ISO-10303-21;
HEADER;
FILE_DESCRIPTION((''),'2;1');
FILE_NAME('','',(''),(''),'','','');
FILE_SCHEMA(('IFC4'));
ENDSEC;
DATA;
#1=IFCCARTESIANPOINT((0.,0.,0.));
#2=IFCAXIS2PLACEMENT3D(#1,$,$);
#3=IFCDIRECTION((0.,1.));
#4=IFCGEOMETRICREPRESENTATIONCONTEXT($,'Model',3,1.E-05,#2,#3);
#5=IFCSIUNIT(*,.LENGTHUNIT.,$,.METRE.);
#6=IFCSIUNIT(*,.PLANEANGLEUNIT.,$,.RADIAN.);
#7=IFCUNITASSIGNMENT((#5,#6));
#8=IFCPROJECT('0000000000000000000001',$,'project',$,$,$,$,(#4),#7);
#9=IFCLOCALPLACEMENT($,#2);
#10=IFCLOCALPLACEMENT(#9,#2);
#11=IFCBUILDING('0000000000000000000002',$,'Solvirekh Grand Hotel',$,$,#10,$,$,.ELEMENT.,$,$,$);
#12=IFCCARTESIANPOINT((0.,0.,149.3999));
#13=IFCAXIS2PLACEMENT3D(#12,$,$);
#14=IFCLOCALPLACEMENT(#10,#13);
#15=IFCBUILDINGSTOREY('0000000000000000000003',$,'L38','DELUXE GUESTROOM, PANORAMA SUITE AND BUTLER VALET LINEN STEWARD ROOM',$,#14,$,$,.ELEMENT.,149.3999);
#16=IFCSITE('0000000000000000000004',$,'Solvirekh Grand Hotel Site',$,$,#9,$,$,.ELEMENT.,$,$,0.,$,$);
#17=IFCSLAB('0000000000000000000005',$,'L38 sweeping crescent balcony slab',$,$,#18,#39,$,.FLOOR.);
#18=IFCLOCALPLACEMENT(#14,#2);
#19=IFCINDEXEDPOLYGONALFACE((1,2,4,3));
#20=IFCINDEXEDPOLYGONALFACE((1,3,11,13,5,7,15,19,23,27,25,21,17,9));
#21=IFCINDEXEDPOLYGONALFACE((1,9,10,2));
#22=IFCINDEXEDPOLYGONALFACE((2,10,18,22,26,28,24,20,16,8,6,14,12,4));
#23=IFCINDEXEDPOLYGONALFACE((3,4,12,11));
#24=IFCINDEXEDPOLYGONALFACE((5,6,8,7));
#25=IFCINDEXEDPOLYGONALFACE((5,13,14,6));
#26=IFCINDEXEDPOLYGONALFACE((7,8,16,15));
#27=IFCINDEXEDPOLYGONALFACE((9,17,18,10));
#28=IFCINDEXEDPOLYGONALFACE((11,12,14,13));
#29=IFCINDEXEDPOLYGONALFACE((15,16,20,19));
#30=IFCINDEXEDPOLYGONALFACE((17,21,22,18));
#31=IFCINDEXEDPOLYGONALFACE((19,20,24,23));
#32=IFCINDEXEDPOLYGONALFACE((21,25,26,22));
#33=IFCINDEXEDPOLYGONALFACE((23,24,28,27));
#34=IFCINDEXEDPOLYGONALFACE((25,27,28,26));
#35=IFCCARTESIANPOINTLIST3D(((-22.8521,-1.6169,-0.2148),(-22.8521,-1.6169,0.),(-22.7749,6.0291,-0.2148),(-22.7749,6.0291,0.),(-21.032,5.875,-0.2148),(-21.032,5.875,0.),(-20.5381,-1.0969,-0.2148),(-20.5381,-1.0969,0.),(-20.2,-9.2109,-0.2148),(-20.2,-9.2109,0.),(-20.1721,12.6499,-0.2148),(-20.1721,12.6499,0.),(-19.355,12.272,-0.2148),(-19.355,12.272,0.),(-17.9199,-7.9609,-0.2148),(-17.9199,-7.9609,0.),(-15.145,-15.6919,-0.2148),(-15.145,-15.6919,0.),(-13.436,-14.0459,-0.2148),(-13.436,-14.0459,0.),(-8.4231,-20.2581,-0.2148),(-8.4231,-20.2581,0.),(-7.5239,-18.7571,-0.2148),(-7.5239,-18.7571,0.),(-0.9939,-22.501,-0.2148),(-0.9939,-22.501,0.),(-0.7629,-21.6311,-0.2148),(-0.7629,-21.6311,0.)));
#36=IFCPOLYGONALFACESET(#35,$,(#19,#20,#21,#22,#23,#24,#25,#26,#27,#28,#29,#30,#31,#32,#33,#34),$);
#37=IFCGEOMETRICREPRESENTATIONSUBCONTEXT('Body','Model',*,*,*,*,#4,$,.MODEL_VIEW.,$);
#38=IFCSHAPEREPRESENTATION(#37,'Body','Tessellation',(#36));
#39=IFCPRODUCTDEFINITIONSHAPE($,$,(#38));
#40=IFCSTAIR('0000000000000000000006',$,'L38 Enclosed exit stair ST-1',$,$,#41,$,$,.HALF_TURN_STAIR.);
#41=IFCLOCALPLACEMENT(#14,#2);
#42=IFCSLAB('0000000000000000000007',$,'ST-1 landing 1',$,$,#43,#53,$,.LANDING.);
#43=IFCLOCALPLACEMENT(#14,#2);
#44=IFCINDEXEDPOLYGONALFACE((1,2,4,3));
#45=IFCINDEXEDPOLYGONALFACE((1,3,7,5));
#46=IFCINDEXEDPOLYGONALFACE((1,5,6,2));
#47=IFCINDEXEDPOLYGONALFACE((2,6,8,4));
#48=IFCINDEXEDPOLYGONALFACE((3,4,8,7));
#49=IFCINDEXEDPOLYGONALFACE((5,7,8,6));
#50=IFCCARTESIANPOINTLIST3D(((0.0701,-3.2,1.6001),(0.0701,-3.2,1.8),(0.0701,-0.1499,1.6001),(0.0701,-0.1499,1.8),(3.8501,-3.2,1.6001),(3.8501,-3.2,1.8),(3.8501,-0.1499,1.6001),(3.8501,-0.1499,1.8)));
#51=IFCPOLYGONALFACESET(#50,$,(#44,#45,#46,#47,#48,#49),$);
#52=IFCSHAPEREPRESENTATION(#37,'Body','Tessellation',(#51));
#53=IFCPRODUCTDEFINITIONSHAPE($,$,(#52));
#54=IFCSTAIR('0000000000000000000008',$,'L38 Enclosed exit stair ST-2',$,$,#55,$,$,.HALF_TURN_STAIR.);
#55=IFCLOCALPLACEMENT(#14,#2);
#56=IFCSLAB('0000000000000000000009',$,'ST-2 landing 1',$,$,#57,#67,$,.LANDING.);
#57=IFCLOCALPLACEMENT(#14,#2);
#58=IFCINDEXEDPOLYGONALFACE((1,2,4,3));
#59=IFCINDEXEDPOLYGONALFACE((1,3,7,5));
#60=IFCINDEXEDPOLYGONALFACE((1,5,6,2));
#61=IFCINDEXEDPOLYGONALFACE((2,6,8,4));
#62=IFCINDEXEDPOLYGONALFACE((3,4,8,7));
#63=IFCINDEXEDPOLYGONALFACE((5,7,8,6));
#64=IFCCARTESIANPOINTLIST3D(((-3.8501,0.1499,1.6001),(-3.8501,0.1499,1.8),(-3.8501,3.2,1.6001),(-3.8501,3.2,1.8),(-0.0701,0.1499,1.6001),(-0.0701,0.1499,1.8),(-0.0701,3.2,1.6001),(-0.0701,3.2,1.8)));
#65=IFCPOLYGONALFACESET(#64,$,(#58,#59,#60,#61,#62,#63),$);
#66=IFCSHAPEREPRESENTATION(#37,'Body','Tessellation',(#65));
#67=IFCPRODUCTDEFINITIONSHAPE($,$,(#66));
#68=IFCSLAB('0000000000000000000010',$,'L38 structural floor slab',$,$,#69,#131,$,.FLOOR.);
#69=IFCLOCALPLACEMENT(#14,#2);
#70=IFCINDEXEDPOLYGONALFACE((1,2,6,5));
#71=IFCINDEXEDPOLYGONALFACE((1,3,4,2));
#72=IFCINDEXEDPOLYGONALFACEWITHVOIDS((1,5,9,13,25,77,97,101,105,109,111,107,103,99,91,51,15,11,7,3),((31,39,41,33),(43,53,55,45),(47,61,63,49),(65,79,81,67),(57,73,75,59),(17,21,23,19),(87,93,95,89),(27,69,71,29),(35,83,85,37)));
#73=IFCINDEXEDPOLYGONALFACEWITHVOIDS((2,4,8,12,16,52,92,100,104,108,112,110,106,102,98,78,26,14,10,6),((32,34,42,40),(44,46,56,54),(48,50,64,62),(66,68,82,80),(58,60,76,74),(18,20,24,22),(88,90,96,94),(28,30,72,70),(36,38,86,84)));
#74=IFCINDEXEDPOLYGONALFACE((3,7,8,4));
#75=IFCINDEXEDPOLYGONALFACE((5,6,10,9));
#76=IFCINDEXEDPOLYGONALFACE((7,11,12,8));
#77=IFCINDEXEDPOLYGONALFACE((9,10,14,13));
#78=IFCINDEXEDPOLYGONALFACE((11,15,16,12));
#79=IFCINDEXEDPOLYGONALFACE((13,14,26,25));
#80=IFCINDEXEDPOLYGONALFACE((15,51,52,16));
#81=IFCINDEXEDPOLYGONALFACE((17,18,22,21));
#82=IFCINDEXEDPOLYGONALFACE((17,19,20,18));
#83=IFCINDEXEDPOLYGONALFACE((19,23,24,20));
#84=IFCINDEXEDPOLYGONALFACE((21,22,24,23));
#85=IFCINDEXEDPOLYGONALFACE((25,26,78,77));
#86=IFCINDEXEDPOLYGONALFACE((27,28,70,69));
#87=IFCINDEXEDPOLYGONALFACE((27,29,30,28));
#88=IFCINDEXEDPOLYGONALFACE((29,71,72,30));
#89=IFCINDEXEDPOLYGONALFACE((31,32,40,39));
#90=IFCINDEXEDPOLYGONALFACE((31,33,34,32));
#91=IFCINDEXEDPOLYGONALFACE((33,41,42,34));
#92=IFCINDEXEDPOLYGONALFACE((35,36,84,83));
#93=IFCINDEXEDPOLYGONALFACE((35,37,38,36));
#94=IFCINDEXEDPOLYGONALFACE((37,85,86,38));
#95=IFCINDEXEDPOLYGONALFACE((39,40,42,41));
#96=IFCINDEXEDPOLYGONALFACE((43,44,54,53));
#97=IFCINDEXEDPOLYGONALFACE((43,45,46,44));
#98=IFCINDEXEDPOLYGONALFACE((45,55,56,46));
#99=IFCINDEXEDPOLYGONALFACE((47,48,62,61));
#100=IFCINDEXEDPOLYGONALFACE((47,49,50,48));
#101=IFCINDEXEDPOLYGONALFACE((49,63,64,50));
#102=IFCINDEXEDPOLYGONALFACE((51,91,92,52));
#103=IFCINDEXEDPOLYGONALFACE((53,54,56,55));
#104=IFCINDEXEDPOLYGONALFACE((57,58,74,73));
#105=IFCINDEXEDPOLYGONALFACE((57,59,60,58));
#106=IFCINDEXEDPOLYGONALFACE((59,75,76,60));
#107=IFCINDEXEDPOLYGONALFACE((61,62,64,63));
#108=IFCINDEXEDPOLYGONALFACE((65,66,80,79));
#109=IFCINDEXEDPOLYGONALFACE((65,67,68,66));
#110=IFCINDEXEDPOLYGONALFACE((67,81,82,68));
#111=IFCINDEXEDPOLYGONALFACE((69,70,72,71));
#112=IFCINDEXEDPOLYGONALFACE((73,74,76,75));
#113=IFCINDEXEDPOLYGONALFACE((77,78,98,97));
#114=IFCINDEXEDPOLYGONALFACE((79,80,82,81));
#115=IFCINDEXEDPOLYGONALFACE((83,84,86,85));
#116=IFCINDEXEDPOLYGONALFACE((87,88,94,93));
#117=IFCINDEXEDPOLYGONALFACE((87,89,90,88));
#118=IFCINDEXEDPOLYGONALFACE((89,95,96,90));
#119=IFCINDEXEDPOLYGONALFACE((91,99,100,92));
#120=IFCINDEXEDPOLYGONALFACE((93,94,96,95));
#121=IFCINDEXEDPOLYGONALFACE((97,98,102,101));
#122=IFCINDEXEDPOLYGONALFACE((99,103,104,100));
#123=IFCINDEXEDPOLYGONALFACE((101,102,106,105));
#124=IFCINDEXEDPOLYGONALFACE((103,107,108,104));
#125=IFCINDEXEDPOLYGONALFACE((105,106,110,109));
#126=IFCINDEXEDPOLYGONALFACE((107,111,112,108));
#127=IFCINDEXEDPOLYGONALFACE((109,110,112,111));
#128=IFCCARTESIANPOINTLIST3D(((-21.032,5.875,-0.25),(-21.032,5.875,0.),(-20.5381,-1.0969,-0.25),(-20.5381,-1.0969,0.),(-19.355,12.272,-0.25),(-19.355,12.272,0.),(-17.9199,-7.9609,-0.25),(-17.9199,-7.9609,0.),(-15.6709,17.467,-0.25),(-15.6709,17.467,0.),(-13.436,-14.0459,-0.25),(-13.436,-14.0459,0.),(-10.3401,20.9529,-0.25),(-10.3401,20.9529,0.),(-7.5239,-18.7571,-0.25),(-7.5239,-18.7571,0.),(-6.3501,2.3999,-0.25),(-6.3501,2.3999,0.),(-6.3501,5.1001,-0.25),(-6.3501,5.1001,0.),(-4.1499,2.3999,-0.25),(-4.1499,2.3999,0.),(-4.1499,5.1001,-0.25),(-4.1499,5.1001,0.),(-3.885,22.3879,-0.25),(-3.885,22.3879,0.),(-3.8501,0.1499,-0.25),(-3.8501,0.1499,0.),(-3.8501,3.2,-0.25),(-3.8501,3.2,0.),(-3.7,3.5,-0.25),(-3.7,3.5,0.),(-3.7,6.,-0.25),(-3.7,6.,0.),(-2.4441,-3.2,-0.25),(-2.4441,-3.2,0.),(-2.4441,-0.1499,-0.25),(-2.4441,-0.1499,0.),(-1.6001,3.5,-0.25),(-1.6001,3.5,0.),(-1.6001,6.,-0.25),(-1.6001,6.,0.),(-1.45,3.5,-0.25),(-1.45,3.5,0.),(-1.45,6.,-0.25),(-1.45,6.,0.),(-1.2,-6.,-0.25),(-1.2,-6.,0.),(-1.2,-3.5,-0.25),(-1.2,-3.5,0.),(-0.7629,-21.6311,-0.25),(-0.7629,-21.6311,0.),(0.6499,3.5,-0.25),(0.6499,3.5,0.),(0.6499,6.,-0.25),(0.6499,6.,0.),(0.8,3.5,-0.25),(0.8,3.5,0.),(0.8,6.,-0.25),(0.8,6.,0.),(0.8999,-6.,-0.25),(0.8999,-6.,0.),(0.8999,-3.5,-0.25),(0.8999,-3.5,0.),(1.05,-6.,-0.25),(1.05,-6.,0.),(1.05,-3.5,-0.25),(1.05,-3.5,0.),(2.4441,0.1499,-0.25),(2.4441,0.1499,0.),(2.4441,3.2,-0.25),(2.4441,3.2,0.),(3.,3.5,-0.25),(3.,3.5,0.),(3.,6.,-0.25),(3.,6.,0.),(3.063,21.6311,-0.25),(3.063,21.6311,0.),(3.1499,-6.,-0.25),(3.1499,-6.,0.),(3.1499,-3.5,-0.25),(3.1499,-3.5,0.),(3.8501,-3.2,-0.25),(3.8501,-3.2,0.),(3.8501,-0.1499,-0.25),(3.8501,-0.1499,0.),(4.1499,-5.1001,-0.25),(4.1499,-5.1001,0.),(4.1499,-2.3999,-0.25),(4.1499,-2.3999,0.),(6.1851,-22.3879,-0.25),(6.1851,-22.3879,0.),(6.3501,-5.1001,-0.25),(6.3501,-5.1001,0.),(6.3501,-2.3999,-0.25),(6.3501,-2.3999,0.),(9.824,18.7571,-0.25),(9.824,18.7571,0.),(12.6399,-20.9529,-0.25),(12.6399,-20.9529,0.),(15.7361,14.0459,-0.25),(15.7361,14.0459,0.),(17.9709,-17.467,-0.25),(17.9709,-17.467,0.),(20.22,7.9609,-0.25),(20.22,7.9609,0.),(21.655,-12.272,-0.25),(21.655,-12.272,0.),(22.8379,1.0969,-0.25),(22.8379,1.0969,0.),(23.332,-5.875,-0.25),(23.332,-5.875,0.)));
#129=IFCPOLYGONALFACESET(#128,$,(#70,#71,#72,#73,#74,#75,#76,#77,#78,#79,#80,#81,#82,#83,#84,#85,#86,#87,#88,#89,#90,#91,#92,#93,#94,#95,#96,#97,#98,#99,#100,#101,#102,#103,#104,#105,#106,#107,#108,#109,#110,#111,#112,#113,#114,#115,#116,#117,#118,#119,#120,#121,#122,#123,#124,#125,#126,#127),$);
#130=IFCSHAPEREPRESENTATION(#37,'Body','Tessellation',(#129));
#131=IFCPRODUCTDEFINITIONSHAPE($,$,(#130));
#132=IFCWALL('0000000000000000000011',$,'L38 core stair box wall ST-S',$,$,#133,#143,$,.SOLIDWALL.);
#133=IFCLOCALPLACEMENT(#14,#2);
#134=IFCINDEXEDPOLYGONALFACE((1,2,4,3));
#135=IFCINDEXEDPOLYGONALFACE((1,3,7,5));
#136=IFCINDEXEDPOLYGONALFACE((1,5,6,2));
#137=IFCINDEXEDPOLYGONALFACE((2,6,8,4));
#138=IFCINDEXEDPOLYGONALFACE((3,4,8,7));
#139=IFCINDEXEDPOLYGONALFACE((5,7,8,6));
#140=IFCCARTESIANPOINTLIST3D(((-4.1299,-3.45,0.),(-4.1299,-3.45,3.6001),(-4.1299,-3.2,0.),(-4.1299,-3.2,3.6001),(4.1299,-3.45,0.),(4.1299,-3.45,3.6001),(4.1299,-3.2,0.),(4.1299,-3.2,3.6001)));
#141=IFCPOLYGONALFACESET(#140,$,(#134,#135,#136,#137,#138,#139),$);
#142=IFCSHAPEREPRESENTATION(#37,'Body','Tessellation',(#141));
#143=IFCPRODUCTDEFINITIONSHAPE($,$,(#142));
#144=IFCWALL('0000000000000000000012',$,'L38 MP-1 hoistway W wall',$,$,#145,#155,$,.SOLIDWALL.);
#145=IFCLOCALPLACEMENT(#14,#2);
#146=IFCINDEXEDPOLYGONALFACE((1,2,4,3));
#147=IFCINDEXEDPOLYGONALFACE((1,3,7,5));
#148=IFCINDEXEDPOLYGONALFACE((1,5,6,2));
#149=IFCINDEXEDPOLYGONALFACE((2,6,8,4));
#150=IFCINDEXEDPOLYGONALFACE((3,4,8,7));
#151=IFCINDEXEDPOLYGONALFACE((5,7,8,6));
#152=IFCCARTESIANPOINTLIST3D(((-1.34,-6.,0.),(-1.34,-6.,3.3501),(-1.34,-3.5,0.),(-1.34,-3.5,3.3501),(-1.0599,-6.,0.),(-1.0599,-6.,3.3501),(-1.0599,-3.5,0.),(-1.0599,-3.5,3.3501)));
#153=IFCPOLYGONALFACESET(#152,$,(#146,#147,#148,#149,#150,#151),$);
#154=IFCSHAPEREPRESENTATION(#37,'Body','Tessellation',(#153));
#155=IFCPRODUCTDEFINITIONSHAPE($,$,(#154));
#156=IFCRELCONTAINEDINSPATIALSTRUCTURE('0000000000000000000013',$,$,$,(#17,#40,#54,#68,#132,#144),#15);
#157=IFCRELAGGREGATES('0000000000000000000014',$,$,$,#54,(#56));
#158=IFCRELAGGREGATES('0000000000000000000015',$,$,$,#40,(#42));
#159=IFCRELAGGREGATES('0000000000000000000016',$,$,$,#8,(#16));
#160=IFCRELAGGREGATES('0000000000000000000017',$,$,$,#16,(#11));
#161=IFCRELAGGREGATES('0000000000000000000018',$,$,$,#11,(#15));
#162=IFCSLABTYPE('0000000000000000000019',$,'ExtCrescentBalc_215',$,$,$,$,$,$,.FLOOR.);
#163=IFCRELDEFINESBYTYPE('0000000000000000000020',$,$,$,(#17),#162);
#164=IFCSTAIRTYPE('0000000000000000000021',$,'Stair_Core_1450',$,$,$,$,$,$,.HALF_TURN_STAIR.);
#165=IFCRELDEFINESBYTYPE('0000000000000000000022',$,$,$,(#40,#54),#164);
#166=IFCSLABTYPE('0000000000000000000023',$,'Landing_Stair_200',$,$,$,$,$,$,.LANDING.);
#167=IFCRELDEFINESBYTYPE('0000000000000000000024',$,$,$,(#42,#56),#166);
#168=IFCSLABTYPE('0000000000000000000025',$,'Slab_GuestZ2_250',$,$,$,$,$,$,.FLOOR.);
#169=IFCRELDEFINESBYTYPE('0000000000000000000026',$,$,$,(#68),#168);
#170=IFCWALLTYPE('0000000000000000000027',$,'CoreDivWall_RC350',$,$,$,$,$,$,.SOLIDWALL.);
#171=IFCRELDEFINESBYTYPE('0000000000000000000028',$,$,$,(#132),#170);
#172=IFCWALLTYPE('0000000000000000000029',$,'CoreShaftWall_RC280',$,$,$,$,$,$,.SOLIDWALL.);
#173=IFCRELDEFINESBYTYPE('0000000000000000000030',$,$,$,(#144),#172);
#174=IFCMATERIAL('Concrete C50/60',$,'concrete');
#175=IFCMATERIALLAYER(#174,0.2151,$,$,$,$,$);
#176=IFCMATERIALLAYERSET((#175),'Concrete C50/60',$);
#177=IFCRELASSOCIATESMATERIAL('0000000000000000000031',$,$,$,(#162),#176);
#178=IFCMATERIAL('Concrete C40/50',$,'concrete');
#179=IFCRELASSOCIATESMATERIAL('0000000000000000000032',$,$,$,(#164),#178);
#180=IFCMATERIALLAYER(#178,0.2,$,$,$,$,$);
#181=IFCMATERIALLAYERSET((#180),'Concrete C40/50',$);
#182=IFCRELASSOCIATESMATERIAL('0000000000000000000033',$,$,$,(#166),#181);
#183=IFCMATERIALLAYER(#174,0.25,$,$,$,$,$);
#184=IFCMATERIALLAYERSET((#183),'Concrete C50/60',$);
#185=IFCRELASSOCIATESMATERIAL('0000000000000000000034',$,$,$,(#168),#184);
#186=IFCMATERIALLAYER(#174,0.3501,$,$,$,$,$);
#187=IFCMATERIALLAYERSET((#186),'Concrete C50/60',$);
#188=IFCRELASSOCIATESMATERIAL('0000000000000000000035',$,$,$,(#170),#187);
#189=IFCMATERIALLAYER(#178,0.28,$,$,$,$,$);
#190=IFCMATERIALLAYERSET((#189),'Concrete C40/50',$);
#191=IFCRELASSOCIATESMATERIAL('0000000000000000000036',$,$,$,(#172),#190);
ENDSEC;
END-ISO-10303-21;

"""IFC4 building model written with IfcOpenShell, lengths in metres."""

from ifc_helpers import new_model, si_unit, direction, frame, frame_2d, origin, place, context, subcontext, project, spatial, polyline, rectangle, outline, extrude, material, layer, layer_set, type_object, element, aggregate, save


model = new_model("IFC4")

# Units and contexts
model_context = context("Model", 3, precision=1e-05, world=origin(), true_north=direction((0.0, 1.0)))
body_context = subcontext(model_context, "Body", "Model", "MODEL_VIEW")
ifc_project = project(units=[si_unit("LENGTHUNIT", "METRE"), si_unit("PLANEANGLEUNIT", "RADIAN")], contexts=[model_context])

# Site, building, storey
site_placement = place(None, origin())
site = spatial("IfcSite", under=ifc_project, at=site_placement, Name="Solvirekh Grand Hotel Site", CompositionType="ELEMENT", RefElevation=0.0)
building_placement = place(site_placement, origin())
building = spatial("IfcBuilding", under=site, at=building_placement, Name="Solvirekh Grand Hotel", CompositionType="ELEMENT")
storey_placement = place(building_placement, frame((0.0, 0.0, 149.3999)))
storey = spatial("IfcBuildingStorey", under=building, at=storey_placement, Name="L38", Description="DELUXE GUESTROOM, PANORAMA SUITE AND BUTLER VALET LINEN STEWARD ROOM", CompositionType="ELEMENT", Elevation=149.3999)

# Slab
ifc_material_1 = material(Name="Concrete C50/60", Category="concrete")
ifc_layer_1 = layer(ifc_material_1, 0.2151)
ifc_layer_set_1 = layer_set([ifc_layer_1], Name="Concrete C50/60")
slab_type_1 = type_object("IfcSlabType", Name="ExtCrescentBalc_215", PredefinedType="FLOOR", material=ifc_layer_set_1)
slab_1_placement = place(storey_placement, frame((0.0, 0.0, -0.2148)))
element("IfcSlab", 1, at=slab_1_placement, inside=storey, type_object=slab_type_1, Name="L38 sweeping crescent balcony slab", PredefinedType="FLOOR", context=body_context, shape_type="SweptSolid", body=[
    extrude(outline(polyline([(-20.1721, 12.6499), (-22.7749, 6.0291), (-22.8521, -1.6169), (-20.2, -9.2109), (-15.145, -15.6919), (-8.4231, -20.2581), (-0.9939, -22.501), (-0.7629, -21.6311), (-7.5239, -18.7571), (-13.436, -14.0459), (-17.9199, -7.9609), (-20.5381, -1.0969), (-21.032, 5.875), (-19.355, 12.272), (-20.1721, 12.6499)])), origin(), (0.0, 0.0, 1.0), 0.2148),
])

# Stairs, slabs
ifc_material_2 = material(Name="Concrete C40/50", Category="concrete")
stair_type = type_object("IfcStairType", Name="Stair_Core_1450", PredefinedType="HALF_TURN_STAIR", material=ifc_material_2)
stair_1_placement = place(storey_placement, origin())
stair_1 = element("IfcStair", 2, at=stair_1_placement, inside=storey, type_object=stair_type, Name="L38 Enclosed exit stair ST-1", PredefinedType="HALF_TURN_STAIR")
ifc_layer_2 = layer(ifc_material_2, 0.2)
ifc_layer_set_2 = layer_set([ifc_layer_2], Name="Concrete C40/50")
slab_type_2 = type_object("IfcSlabType", Name="Landing_Stair_200", PredefinedType="LANDING", material=ifc_layer_set_2)
slab_2_placement = place(storey_placement, frame((0.0, 0.0, 1.6001)))
slab_2 = element("IfcSlab", 3, at=slab_2_placement, type_object=slab_type_2, Name="ST-1 landing 1", PredefinedType="LANDING", context=body_context, shape_type="SweptSolid", body=[
    extrude(outline(polyline([(0.0701, -3.2), (3.8501, -3.2), (3.8501, -0.1499), (0.0701, -0.1499), (0.0701, -3.2)])), origin(), (0.0, 0.0, 1.0), 0.2),
])
stair_2_placement = place(storey_placement, origin())
stair_2 = element("IfcStair", 4, at=stair_2_placement, inside=storey, type_object=stair_type, Name="L38 Enclosed exit stair ST-2", PredefinedType="HALF_TURN_STAIR")
slab_3_placement = place(storey_placement, frame((0.0, 0.0, 1.6001)))
slab_3 = element("IfcSlab", 5, at=slab_3_placement, type_object=slab_type_2, Name="ST-2 landing 1", PredefinedType="LANDING", context=body_context, shape_type="SweptSolid", body=[
    extrude(outline(polyline([(-0.0701, 3.2), (-3.8501, 3.2), (-3.8501, 0.1499), (-0.0701, 0.1499), (-0.0701, 3.2)])), origin(), (0.0, 0.0, 1.0), 0.2),
])
aggregate(stair_2, [slab_3])

# Slab
ifc_layer_3 = layer(ifc_material_1, 0.25)
ifc_layer_set_3 = layer_set([ifc_layer_3], Name="Concrete C50/60")
slab_type_3 = type_object("IfcSlabType", Name="Slab_GuestZ2_250", PredefinedType="FLOOR", material=ifc_layer_set_3)
slab_4_placement = place(storey_placement, frame((0.0, 0.0, -0.25)))
element("IfcSlab", 6, at=slab_4_placement, inside=storey, type_object=slab_type_3, Name="L38 structural floor slab", PredefinedType="FLOOR", context=body_context, shape_type="SweptSolid", body=[
    extrude(outline(polyline([(17.9709, -17.467), (21.655, -12.272), (23.332, -5.875), (22.8379, 1.0969), (20.22, 7.9609), (15.7361, 14.0459), (9.824, 18.7571), (3.063, 21.6311), (-3.885, 22.3879), (-10.3401, 20.9529), (-15.6709, 17.467), (-19.355, 12.272), (-21.032, 5.875), (-20.5381, -1.0969), (-17.9199, -7.9609), (-13.436, -14.0459), (-7.5239, -18.7571), (-0.7629, -21.6311), (6.1851, -22.3879), (12.6399, -20.9529), (17.9709, -17.467)]), holes=[polyline([(-2.4441, -0.1499), (3.8501, -0.1499), (3.8501, -3.2), (-2.4441, -3.2), (-2.4441, -0.1499)]), polyline([(2.4441, 0.1499), (-3.8501, 0.1499), (-3.8501, 3.2), (2.4441, 3.2), (2.4441, 0.1499)]), polyline([(-1.2, -3.5), (0.8999, -3.5), (0.8999, -6.0), (-1.2, -6.0), (-1.2, -3.5)]), polyline([(1.05, -3.5), (3.1499, -3.5), (3.1499, -6.0), (1.05, -6.0), (1.05, -3.5)]), polyline([(-3.7, 6.0), (-1.6001, 6.0), (-1.6001, 3.5), (-3.7, 3.5), (-3.7, 6.0)]), polyline([(-1.45, 6.0), (0.6499, 6.0), (0.6499, 3.5), (-1.45, 3.5), (-1.45, 6.0)]), polyline([(0.8, 6.0), (3.0, 6.0), (3.0, 3.5), (0.8, 3.5), (0.8, 6.0)]), polyline([(-6.3501, 5.1001), (-4.1499, 5.1001), (-4.1499, 2.3999), (-6.3501, 2.3999), (-6.3501, 5.1001)]), polyline([(4.1499, -2.3999), (6.3501, -2.3999), (6.3501, -5.1001), (4.1499, -5.1001), (4.1499, -2.3999)])]), origin(), (0.0, 0.0, 1.0), 0.25),
])

# Walls
ifc_layer_4 = layer(ifc_material_1, 0.3501)
ifc_layer_set_4 = layer_set([ifc_layer_4], Name="Concrete C50/60")
wall_type_1 = type_object("IfcWallType", Name="CoreDivWall_RC350", PredefinedType="SOLIDWALL", material=ifc_layer_set_4)
wall_1_placement = place(storey_placement, frame((-4.1299, -3.325, 0.0), z_axis=(0.0, 0.0, 1.0), x_axis=(1.0, 0.0, 0.0)))
element("IfcWall", 7, at=wall_1_placement, inside=storey, type_object=wall_type_1, Name="L38 core stair box wall ST-S", PredefinedType="SOLIDWALL", context=body_context, shape_type="SweptSolid", body=[
    extrude(rectangle(XDim=8.2598, YDim=0.25, at=frame_2d((4.1299, 0.0))), origin(), (0.0, 0.0, 1.0), 3.6001),
])
ifc_layer_5 = layer(ifc_material_2, 0.28)
ifc_layer_set_5 = layer_set([ifc_layer_5], Name="Concrete C40/50")
wall_type_2 = type_object("IfcWallType", Name="CoreShaftWall_RC280", PredefinedType="SOLIDWALL", material=ifc_layer_set_5)
wall_2_placement = place(storey_placement, frame((-1.2, -3.5, 0.0), z_axis=(0.0, 0.0, 1.0), x_axis=(0.0, -1.0, 0.0)))
element("IfcWall", 8, at=wall_2_placement, inside=storey, type_object=wall_type_2, Name="L38 MP-1 hoistway W wall", PredefinedType="SOLIDWALL", context=body_context, shape_type="SweptSolid", body=[
    extrude(rectangle(XDim=2.5, YDim=0.28, at=frame_2d((1.25, 0.0))), origin(), (0.0, 0.0, 1.0), 3.3501),
])

aggregate(stair_1, [slab_2])

save(model, "model.ifc")
